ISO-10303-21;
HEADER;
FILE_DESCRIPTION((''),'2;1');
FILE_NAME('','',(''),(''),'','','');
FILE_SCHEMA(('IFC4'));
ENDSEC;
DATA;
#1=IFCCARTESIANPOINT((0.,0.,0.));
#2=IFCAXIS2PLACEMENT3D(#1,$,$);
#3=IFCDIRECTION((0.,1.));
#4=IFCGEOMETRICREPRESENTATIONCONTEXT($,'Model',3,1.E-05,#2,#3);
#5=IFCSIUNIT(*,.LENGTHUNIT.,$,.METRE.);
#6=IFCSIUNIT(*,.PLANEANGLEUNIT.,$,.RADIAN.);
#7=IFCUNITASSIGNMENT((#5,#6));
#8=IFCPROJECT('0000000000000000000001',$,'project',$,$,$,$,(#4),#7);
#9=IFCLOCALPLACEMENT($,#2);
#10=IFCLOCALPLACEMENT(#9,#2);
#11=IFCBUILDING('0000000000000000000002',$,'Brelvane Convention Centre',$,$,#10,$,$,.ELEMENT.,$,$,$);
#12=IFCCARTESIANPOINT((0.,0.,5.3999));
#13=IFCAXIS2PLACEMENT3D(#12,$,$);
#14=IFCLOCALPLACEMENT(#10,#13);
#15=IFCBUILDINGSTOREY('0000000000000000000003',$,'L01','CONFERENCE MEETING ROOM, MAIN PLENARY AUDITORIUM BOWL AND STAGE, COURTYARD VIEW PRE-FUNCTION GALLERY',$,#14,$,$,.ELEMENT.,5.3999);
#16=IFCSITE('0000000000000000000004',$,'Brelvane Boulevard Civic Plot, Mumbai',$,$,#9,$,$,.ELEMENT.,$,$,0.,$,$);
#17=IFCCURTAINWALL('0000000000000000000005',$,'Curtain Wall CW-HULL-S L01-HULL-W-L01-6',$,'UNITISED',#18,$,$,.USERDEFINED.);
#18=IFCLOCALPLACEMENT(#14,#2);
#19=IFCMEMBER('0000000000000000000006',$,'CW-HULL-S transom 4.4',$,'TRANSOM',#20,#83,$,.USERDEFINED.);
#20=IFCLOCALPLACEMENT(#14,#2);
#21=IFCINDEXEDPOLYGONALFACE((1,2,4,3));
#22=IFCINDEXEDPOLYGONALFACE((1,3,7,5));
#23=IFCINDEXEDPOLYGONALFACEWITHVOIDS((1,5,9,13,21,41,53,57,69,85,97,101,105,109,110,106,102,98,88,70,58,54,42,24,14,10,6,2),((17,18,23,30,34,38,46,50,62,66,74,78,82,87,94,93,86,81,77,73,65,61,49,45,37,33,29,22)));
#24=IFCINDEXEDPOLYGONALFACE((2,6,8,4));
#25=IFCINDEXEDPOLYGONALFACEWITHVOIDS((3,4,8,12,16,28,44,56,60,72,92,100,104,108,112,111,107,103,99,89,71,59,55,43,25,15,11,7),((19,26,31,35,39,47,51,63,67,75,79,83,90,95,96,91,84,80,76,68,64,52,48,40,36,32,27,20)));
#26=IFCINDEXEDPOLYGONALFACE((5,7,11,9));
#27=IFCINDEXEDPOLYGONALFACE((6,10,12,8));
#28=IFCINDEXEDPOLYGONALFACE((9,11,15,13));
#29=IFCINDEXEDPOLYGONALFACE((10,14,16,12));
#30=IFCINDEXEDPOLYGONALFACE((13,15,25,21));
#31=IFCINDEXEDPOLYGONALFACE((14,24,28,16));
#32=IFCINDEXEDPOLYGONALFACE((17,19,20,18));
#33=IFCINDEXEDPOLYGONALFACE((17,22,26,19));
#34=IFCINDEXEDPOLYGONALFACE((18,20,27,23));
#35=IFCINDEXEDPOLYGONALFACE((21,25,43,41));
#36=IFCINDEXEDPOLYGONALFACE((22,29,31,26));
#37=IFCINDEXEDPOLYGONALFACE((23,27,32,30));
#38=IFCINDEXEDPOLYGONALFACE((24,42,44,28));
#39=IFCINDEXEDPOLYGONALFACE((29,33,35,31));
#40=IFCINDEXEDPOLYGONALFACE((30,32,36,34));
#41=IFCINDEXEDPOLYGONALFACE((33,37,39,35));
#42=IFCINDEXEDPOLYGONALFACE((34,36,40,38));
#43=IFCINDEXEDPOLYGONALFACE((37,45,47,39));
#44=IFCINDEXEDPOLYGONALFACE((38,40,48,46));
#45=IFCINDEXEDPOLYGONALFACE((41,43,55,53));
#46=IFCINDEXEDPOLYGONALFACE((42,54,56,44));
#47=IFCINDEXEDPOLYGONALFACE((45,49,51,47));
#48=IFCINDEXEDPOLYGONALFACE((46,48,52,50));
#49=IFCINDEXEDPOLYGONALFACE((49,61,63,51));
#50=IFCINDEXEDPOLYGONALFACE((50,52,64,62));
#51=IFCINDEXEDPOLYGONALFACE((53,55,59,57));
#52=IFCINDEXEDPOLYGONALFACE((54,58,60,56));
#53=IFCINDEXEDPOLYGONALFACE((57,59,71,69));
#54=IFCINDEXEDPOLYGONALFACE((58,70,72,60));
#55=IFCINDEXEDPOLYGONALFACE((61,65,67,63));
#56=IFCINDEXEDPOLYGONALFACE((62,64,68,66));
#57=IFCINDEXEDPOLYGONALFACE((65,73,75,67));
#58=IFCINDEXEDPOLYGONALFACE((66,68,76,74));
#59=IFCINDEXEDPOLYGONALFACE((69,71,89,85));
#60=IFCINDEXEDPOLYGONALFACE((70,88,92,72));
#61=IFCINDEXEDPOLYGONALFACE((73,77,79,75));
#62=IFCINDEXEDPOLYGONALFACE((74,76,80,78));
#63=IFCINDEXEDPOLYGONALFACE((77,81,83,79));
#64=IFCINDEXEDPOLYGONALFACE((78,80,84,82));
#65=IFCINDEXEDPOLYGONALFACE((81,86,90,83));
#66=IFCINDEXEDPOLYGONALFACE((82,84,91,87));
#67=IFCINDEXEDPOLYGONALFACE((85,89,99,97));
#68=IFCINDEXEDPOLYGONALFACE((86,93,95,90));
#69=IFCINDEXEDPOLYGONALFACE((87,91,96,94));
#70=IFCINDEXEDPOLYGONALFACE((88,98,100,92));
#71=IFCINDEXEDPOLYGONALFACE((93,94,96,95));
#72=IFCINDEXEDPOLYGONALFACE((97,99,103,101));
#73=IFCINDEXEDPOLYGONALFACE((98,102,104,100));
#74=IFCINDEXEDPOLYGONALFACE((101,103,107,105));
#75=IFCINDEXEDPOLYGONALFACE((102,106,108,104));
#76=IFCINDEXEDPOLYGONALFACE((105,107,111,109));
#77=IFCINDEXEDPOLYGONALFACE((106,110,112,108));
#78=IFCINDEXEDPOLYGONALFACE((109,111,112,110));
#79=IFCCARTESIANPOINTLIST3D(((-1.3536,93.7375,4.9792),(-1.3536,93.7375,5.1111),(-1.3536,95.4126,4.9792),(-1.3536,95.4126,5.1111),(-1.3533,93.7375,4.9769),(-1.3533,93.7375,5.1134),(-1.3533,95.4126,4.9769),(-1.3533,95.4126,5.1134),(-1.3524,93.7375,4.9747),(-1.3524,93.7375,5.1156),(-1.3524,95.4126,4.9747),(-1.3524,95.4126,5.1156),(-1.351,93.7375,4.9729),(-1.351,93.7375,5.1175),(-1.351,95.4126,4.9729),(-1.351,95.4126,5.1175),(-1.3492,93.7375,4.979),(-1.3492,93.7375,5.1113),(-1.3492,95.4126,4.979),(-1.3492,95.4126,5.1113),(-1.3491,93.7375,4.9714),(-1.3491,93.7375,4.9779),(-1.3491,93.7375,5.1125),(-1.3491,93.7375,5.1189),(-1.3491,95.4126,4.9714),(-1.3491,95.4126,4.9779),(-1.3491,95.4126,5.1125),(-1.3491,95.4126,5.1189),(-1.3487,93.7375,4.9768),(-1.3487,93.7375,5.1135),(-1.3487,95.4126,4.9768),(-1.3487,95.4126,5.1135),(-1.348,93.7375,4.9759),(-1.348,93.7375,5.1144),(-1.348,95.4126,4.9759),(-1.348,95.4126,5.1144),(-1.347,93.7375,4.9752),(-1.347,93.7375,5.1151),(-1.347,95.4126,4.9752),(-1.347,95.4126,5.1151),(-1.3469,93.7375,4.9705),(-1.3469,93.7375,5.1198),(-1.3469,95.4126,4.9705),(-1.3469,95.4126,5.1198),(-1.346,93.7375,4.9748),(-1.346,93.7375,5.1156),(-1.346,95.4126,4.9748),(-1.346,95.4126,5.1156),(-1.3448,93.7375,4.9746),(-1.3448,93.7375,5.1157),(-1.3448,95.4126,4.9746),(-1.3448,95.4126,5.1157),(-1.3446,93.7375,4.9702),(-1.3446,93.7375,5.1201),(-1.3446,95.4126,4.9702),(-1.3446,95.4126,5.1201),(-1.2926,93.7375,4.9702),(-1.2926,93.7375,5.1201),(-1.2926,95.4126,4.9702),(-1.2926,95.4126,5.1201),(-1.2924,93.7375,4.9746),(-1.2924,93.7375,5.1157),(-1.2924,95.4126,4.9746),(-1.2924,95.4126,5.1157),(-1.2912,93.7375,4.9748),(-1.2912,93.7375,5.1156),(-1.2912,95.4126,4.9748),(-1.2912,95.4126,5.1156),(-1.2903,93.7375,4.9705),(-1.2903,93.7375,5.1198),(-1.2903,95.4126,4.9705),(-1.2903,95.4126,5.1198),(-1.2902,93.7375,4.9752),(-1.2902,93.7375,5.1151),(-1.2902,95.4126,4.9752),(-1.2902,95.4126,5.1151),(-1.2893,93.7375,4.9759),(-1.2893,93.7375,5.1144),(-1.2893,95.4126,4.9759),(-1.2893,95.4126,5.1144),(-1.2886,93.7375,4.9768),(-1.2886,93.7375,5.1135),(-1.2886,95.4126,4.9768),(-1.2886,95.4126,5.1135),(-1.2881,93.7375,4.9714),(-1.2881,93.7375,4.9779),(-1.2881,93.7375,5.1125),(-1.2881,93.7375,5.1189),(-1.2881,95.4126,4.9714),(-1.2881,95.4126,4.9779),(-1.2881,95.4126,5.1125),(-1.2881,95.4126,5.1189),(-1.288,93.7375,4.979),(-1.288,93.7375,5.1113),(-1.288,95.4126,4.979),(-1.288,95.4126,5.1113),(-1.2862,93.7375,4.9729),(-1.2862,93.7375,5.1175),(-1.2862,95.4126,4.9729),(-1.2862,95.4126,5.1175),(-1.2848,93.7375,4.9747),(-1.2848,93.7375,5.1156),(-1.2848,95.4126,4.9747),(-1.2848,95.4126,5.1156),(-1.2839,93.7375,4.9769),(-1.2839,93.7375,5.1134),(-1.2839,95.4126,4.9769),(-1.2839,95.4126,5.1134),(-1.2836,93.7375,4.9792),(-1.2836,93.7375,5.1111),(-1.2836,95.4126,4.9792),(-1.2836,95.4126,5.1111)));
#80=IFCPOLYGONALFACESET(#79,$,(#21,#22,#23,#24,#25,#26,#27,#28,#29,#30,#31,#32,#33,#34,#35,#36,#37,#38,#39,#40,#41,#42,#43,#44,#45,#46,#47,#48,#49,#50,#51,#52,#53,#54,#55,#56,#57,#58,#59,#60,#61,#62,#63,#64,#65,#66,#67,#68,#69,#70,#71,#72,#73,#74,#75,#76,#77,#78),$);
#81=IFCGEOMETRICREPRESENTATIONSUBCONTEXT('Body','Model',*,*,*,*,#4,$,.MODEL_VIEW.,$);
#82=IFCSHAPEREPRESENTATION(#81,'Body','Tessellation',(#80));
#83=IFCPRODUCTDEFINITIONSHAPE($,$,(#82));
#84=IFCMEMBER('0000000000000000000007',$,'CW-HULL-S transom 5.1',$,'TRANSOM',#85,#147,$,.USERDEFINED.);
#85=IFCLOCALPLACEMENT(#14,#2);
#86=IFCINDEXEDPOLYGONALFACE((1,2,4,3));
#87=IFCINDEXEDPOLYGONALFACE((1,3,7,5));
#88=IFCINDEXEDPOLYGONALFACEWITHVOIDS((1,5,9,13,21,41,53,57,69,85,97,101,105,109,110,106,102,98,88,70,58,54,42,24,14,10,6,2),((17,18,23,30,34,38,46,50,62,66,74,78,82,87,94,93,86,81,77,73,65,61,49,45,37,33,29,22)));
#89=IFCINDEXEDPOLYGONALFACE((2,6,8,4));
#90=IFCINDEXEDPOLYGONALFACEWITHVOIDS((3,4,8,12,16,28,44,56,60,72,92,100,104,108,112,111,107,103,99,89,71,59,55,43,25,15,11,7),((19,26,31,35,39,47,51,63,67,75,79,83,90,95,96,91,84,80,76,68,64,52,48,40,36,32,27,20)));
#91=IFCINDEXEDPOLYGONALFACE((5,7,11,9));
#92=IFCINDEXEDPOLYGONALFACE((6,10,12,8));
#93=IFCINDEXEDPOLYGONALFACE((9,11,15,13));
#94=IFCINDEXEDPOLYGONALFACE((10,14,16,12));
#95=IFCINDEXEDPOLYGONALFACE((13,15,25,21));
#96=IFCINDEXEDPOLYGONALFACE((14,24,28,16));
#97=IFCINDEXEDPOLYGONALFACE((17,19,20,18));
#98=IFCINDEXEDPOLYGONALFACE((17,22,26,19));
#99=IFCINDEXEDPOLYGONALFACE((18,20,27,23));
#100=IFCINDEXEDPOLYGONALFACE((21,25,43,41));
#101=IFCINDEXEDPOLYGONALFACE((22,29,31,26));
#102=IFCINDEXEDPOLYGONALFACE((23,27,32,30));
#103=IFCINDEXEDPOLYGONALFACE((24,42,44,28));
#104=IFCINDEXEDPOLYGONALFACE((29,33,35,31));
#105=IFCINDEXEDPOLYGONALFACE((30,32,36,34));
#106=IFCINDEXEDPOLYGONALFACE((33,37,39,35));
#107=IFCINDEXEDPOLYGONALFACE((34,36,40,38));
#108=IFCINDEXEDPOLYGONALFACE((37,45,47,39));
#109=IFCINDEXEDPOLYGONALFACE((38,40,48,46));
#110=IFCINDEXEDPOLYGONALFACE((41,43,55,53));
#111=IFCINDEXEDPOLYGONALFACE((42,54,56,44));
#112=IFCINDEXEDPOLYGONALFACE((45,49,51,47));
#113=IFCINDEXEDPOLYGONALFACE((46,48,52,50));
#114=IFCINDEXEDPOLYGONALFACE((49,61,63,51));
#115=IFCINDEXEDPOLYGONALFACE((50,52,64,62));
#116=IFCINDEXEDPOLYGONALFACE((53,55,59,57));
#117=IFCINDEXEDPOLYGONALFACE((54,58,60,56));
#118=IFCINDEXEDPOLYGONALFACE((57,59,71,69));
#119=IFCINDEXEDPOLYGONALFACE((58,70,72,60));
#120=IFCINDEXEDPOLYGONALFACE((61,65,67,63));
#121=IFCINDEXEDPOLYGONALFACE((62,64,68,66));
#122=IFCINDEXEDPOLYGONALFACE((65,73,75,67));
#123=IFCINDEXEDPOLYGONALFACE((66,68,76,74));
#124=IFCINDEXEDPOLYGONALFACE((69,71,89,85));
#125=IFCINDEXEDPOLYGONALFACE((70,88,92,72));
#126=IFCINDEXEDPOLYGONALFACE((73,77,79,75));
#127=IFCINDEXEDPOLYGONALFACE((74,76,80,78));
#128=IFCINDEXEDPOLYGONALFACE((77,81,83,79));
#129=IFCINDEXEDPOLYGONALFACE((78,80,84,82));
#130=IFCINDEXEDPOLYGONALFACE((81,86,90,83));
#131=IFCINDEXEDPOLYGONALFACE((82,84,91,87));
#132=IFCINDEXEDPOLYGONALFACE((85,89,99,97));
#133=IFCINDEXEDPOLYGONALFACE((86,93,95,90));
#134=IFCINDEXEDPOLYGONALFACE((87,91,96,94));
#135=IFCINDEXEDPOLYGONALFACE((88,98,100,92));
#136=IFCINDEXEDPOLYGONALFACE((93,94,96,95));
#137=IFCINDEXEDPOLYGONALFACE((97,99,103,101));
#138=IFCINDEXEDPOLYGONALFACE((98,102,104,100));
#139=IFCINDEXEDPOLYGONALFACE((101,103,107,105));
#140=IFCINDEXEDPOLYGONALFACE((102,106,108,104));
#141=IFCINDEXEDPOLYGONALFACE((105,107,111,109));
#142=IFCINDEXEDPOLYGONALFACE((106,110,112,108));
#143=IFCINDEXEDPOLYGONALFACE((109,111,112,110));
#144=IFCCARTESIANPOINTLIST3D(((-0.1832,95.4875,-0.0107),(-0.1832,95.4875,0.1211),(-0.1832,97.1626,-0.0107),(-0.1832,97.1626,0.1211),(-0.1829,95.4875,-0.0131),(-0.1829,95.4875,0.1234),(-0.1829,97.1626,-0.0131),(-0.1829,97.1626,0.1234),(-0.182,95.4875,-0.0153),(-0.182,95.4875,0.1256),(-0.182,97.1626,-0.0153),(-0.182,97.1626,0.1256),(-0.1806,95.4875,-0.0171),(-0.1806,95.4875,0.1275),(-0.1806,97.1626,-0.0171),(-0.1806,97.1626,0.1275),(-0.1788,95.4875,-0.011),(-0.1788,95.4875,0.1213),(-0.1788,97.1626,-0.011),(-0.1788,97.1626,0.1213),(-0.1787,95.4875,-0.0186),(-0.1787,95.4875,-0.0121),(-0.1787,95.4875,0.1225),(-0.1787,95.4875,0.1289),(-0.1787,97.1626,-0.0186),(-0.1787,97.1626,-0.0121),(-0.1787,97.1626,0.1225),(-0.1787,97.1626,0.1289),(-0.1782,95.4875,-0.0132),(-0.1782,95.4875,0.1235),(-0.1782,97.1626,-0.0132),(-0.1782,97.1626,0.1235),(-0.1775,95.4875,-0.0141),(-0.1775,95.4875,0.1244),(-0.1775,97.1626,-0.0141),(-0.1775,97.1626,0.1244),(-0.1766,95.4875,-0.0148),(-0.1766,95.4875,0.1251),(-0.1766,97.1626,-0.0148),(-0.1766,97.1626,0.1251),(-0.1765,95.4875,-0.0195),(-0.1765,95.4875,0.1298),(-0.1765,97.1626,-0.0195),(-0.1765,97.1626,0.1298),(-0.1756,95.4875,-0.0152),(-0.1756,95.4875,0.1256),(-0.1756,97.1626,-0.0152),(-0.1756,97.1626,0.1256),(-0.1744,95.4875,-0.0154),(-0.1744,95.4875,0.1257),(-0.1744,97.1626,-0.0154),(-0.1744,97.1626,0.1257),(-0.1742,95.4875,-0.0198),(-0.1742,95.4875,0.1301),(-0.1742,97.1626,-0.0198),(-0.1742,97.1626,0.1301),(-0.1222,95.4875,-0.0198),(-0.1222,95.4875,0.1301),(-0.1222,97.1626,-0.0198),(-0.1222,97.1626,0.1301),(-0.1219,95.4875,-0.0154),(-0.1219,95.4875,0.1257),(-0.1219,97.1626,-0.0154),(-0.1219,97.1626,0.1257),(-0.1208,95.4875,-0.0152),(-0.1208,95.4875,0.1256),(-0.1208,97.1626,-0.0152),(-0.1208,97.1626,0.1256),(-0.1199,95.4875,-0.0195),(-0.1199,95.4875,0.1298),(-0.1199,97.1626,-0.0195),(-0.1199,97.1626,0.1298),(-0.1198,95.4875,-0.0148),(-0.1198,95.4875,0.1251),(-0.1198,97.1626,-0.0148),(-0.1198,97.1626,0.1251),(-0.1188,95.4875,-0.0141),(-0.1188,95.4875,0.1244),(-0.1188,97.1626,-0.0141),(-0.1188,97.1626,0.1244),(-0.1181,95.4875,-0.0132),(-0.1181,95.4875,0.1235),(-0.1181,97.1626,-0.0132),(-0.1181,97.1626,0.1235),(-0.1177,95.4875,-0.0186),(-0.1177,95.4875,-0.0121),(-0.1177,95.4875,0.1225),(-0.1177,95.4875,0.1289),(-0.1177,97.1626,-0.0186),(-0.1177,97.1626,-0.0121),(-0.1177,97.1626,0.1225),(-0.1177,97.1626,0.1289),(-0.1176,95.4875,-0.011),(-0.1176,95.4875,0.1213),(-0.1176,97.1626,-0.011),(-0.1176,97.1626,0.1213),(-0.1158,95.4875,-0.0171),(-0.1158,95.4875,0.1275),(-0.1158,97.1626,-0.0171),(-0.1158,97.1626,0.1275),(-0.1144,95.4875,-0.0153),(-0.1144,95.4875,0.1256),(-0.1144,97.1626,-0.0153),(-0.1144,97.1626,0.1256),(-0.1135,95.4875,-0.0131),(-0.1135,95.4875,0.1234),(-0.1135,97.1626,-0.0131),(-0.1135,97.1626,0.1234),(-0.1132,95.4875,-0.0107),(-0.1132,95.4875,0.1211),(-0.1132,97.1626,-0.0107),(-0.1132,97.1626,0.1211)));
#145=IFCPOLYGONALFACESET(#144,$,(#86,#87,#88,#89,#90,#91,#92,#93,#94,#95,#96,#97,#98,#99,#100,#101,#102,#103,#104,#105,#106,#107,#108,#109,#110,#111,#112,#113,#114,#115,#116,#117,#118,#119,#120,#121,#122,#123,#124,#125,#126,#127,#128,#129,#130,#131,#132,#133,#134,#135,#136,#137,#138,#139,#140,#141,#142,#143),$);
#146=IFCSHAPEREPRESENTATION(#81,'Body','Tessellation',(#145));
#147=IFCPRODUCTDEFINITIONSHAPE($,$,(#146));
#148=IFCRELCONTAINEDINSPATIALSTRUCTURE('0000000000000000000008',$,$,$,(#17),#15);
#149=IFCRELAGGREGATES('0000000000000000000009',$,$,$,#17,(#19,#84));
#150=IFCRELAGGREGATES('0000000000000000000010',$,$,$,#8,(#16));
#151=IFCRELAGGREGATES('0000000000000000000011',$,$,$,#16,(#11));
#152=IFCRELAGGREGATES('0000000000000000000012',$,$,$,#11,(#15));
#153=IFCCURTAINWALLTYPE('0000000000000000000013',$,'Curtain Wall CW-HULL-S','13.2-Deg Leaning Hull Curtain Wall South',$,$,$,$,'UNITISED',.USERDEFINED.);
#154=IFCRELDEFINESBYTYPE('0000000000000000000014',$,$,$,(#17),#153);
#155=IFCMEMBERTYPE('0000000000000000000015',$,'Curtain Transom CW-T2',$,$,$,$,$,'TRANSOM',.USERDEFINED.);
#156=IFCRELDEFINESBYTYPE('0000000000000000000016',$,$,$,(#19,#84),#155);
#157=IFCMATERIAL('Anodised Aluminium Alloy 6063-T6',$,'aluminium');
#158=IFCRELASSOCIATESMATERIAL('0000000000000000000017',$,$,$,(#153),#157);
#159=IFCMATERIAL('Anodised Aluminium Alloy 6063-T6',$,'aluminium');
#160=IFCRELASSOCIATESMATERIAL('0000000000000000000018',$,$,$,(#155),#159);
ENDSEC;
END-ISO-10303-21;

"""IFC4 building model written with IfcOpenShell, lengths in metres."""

from ifc_helpers import new_model, si_unit, direction, frame, origin, origin_2d, place, context, subcontext, project, spatial, hollow_rectangle, extrude, material, material_profile, profile_set, type_object, element, aggregate, save


model = new_model("IFC4")

# Units and contexts
model_context = context("Model", 3, precision=1e-05, world=origin(), true_north=direction((0.0, 1.0)))
body_context = subcontext(model_context, "Body", "Model", "MODEL_VIEW")
ifc_project = project(units=[si_unit("LENGTHUNIT", "METRE"), si_unit("PLANEANGLEUNIT", "RADIAN")], contexts=[model_context])

# Site, building, storey
site_placement = place(None, origin())
site = spatial("IfcSite", under=ifc_project, at=site_placement, Name="Brelvane Boulevard Civic Plot, Mumbai", CompositionType="ELEMENT", RefElevation=0.0)
building_placement = place(site_placement, origin())
building = spatial("IfcBuilding", under=site, at=building_placement, Name="Brelvane Convention Centre", CompositionType="ELEMENT")
storey_placement = place(building_placement, frame((0.0, 0.0, 5.3999)))
storey = spatial("IfcBuildingStorey", under=building, at=storey_placement, Name="L01", Description="CONFERENCE MEETING ROOM, MAIN PLENARY AUDITORIUM BOWL AND STAGE, COURTYARD VIEW PRE-FUNCTION GALLERY", CompositionType="ELEMENT", Elevation=5.3999)

# Curtain wall, members
ifc_material_1 = material(Name="Anodised Aluminium Alloy 6063-T6", Category="aluminium")
curtain_wall_type = type_object("IfcCurtainWallType", Name="Curtain Wall CW-HULL-S", Description="13.2-Deg Leaning Hull Curtain Wall South", ElementType="UNITISED", PredefinedType="USERDEFINED", material=ifc_material_1)
curtain_wall_placement = place(storey_placement, origin())
curtain_wall = element("IfcCurtainWall", 1, at=curtain_wall_placement, inside=storey, type_object=curtain_wall_type, Name="Curtain Wall CW-HULL-S L01-HULL-W-L01-6", ObjectType="UNITISED", PredefinedType="USERDEFINED")
ifc_material_2 = material(Name="Anodised Aluminium Alloy 6063-T6", Category="aluminium")
ifc_material_profile_1 = material_profile(ifc_material_2, hollow_rectangle(XDim=0.0701, YDim=0.1499, WallThickness=0.0044, InnerFilletRadius=0.0044, OuterFilletRadius=0.009, at=origin_2d()), Name="ALU-T 150x70x4.5")
ifc_profile_set_1 = profile_set([ifc_material_profile_1], Name="Anodised Aluminium Alloy 6063-T6")
member_type_1 = type_object("IfcMemberType", Name="Curtain Transom CW-T2", ElementType="TRANSOM", PredefinedType="USERDEFINED", material=ifc_profile_set_1)
member_1_placement = place(storey_placement, frame((-1.3186, 93.7375, 5.0452), z_axis=(0.0, 1.0, 0.0), x_axis=(-1.0, 0.0, 0.0)))
member_1 = element("IfcMember", 2, at=member_1_placement, type_object=member_type_1, Name="CW-HULL-S transom 4.4", ObjectType="TRANSOM", PredefinedType="USERDEFINED", context=body_context, shape_type="SweptSolid", body=[
    extrude(hollow_rectangle(XDim=0.0701, YDim=0.1499, WallThickness=0.0044, InnerFilletRadius=0.0044, OuterFilletRadius=0.009, at=origin_2d()), origin(), (0.0, 0.0, 1.0), 1.675),
])
member_2_placement = place(storey_placement, frame((-0.1482, 95.4875, 0.0552), z_axis=(0.0, 1.0, 0.0), x_axis=(-1.0, 0.0, 0.0)))
member_2 = element("IfcMember", 3, at=member_2_placement, type_object=member_type_1, Name="CW-HULL-S transom 5.1", ObjectType="TRANSOM", PredefinedType="USERDEFINED", context=body_context, shape_type="SweptSolid", body=[
    extrude(hollow_rectangle(XDim=0.0701, YDim=0.1499, WallThickness=0.0044, InnerFilletRadius=0.0044, OuterFilletRadius=0.009, at=origin_2d()), origin(), (0.0, 0.0, 1.0), 1.675),
])

aggregate(curtain_wall, [member_1, member_2])

save(model, "model.ifc")
